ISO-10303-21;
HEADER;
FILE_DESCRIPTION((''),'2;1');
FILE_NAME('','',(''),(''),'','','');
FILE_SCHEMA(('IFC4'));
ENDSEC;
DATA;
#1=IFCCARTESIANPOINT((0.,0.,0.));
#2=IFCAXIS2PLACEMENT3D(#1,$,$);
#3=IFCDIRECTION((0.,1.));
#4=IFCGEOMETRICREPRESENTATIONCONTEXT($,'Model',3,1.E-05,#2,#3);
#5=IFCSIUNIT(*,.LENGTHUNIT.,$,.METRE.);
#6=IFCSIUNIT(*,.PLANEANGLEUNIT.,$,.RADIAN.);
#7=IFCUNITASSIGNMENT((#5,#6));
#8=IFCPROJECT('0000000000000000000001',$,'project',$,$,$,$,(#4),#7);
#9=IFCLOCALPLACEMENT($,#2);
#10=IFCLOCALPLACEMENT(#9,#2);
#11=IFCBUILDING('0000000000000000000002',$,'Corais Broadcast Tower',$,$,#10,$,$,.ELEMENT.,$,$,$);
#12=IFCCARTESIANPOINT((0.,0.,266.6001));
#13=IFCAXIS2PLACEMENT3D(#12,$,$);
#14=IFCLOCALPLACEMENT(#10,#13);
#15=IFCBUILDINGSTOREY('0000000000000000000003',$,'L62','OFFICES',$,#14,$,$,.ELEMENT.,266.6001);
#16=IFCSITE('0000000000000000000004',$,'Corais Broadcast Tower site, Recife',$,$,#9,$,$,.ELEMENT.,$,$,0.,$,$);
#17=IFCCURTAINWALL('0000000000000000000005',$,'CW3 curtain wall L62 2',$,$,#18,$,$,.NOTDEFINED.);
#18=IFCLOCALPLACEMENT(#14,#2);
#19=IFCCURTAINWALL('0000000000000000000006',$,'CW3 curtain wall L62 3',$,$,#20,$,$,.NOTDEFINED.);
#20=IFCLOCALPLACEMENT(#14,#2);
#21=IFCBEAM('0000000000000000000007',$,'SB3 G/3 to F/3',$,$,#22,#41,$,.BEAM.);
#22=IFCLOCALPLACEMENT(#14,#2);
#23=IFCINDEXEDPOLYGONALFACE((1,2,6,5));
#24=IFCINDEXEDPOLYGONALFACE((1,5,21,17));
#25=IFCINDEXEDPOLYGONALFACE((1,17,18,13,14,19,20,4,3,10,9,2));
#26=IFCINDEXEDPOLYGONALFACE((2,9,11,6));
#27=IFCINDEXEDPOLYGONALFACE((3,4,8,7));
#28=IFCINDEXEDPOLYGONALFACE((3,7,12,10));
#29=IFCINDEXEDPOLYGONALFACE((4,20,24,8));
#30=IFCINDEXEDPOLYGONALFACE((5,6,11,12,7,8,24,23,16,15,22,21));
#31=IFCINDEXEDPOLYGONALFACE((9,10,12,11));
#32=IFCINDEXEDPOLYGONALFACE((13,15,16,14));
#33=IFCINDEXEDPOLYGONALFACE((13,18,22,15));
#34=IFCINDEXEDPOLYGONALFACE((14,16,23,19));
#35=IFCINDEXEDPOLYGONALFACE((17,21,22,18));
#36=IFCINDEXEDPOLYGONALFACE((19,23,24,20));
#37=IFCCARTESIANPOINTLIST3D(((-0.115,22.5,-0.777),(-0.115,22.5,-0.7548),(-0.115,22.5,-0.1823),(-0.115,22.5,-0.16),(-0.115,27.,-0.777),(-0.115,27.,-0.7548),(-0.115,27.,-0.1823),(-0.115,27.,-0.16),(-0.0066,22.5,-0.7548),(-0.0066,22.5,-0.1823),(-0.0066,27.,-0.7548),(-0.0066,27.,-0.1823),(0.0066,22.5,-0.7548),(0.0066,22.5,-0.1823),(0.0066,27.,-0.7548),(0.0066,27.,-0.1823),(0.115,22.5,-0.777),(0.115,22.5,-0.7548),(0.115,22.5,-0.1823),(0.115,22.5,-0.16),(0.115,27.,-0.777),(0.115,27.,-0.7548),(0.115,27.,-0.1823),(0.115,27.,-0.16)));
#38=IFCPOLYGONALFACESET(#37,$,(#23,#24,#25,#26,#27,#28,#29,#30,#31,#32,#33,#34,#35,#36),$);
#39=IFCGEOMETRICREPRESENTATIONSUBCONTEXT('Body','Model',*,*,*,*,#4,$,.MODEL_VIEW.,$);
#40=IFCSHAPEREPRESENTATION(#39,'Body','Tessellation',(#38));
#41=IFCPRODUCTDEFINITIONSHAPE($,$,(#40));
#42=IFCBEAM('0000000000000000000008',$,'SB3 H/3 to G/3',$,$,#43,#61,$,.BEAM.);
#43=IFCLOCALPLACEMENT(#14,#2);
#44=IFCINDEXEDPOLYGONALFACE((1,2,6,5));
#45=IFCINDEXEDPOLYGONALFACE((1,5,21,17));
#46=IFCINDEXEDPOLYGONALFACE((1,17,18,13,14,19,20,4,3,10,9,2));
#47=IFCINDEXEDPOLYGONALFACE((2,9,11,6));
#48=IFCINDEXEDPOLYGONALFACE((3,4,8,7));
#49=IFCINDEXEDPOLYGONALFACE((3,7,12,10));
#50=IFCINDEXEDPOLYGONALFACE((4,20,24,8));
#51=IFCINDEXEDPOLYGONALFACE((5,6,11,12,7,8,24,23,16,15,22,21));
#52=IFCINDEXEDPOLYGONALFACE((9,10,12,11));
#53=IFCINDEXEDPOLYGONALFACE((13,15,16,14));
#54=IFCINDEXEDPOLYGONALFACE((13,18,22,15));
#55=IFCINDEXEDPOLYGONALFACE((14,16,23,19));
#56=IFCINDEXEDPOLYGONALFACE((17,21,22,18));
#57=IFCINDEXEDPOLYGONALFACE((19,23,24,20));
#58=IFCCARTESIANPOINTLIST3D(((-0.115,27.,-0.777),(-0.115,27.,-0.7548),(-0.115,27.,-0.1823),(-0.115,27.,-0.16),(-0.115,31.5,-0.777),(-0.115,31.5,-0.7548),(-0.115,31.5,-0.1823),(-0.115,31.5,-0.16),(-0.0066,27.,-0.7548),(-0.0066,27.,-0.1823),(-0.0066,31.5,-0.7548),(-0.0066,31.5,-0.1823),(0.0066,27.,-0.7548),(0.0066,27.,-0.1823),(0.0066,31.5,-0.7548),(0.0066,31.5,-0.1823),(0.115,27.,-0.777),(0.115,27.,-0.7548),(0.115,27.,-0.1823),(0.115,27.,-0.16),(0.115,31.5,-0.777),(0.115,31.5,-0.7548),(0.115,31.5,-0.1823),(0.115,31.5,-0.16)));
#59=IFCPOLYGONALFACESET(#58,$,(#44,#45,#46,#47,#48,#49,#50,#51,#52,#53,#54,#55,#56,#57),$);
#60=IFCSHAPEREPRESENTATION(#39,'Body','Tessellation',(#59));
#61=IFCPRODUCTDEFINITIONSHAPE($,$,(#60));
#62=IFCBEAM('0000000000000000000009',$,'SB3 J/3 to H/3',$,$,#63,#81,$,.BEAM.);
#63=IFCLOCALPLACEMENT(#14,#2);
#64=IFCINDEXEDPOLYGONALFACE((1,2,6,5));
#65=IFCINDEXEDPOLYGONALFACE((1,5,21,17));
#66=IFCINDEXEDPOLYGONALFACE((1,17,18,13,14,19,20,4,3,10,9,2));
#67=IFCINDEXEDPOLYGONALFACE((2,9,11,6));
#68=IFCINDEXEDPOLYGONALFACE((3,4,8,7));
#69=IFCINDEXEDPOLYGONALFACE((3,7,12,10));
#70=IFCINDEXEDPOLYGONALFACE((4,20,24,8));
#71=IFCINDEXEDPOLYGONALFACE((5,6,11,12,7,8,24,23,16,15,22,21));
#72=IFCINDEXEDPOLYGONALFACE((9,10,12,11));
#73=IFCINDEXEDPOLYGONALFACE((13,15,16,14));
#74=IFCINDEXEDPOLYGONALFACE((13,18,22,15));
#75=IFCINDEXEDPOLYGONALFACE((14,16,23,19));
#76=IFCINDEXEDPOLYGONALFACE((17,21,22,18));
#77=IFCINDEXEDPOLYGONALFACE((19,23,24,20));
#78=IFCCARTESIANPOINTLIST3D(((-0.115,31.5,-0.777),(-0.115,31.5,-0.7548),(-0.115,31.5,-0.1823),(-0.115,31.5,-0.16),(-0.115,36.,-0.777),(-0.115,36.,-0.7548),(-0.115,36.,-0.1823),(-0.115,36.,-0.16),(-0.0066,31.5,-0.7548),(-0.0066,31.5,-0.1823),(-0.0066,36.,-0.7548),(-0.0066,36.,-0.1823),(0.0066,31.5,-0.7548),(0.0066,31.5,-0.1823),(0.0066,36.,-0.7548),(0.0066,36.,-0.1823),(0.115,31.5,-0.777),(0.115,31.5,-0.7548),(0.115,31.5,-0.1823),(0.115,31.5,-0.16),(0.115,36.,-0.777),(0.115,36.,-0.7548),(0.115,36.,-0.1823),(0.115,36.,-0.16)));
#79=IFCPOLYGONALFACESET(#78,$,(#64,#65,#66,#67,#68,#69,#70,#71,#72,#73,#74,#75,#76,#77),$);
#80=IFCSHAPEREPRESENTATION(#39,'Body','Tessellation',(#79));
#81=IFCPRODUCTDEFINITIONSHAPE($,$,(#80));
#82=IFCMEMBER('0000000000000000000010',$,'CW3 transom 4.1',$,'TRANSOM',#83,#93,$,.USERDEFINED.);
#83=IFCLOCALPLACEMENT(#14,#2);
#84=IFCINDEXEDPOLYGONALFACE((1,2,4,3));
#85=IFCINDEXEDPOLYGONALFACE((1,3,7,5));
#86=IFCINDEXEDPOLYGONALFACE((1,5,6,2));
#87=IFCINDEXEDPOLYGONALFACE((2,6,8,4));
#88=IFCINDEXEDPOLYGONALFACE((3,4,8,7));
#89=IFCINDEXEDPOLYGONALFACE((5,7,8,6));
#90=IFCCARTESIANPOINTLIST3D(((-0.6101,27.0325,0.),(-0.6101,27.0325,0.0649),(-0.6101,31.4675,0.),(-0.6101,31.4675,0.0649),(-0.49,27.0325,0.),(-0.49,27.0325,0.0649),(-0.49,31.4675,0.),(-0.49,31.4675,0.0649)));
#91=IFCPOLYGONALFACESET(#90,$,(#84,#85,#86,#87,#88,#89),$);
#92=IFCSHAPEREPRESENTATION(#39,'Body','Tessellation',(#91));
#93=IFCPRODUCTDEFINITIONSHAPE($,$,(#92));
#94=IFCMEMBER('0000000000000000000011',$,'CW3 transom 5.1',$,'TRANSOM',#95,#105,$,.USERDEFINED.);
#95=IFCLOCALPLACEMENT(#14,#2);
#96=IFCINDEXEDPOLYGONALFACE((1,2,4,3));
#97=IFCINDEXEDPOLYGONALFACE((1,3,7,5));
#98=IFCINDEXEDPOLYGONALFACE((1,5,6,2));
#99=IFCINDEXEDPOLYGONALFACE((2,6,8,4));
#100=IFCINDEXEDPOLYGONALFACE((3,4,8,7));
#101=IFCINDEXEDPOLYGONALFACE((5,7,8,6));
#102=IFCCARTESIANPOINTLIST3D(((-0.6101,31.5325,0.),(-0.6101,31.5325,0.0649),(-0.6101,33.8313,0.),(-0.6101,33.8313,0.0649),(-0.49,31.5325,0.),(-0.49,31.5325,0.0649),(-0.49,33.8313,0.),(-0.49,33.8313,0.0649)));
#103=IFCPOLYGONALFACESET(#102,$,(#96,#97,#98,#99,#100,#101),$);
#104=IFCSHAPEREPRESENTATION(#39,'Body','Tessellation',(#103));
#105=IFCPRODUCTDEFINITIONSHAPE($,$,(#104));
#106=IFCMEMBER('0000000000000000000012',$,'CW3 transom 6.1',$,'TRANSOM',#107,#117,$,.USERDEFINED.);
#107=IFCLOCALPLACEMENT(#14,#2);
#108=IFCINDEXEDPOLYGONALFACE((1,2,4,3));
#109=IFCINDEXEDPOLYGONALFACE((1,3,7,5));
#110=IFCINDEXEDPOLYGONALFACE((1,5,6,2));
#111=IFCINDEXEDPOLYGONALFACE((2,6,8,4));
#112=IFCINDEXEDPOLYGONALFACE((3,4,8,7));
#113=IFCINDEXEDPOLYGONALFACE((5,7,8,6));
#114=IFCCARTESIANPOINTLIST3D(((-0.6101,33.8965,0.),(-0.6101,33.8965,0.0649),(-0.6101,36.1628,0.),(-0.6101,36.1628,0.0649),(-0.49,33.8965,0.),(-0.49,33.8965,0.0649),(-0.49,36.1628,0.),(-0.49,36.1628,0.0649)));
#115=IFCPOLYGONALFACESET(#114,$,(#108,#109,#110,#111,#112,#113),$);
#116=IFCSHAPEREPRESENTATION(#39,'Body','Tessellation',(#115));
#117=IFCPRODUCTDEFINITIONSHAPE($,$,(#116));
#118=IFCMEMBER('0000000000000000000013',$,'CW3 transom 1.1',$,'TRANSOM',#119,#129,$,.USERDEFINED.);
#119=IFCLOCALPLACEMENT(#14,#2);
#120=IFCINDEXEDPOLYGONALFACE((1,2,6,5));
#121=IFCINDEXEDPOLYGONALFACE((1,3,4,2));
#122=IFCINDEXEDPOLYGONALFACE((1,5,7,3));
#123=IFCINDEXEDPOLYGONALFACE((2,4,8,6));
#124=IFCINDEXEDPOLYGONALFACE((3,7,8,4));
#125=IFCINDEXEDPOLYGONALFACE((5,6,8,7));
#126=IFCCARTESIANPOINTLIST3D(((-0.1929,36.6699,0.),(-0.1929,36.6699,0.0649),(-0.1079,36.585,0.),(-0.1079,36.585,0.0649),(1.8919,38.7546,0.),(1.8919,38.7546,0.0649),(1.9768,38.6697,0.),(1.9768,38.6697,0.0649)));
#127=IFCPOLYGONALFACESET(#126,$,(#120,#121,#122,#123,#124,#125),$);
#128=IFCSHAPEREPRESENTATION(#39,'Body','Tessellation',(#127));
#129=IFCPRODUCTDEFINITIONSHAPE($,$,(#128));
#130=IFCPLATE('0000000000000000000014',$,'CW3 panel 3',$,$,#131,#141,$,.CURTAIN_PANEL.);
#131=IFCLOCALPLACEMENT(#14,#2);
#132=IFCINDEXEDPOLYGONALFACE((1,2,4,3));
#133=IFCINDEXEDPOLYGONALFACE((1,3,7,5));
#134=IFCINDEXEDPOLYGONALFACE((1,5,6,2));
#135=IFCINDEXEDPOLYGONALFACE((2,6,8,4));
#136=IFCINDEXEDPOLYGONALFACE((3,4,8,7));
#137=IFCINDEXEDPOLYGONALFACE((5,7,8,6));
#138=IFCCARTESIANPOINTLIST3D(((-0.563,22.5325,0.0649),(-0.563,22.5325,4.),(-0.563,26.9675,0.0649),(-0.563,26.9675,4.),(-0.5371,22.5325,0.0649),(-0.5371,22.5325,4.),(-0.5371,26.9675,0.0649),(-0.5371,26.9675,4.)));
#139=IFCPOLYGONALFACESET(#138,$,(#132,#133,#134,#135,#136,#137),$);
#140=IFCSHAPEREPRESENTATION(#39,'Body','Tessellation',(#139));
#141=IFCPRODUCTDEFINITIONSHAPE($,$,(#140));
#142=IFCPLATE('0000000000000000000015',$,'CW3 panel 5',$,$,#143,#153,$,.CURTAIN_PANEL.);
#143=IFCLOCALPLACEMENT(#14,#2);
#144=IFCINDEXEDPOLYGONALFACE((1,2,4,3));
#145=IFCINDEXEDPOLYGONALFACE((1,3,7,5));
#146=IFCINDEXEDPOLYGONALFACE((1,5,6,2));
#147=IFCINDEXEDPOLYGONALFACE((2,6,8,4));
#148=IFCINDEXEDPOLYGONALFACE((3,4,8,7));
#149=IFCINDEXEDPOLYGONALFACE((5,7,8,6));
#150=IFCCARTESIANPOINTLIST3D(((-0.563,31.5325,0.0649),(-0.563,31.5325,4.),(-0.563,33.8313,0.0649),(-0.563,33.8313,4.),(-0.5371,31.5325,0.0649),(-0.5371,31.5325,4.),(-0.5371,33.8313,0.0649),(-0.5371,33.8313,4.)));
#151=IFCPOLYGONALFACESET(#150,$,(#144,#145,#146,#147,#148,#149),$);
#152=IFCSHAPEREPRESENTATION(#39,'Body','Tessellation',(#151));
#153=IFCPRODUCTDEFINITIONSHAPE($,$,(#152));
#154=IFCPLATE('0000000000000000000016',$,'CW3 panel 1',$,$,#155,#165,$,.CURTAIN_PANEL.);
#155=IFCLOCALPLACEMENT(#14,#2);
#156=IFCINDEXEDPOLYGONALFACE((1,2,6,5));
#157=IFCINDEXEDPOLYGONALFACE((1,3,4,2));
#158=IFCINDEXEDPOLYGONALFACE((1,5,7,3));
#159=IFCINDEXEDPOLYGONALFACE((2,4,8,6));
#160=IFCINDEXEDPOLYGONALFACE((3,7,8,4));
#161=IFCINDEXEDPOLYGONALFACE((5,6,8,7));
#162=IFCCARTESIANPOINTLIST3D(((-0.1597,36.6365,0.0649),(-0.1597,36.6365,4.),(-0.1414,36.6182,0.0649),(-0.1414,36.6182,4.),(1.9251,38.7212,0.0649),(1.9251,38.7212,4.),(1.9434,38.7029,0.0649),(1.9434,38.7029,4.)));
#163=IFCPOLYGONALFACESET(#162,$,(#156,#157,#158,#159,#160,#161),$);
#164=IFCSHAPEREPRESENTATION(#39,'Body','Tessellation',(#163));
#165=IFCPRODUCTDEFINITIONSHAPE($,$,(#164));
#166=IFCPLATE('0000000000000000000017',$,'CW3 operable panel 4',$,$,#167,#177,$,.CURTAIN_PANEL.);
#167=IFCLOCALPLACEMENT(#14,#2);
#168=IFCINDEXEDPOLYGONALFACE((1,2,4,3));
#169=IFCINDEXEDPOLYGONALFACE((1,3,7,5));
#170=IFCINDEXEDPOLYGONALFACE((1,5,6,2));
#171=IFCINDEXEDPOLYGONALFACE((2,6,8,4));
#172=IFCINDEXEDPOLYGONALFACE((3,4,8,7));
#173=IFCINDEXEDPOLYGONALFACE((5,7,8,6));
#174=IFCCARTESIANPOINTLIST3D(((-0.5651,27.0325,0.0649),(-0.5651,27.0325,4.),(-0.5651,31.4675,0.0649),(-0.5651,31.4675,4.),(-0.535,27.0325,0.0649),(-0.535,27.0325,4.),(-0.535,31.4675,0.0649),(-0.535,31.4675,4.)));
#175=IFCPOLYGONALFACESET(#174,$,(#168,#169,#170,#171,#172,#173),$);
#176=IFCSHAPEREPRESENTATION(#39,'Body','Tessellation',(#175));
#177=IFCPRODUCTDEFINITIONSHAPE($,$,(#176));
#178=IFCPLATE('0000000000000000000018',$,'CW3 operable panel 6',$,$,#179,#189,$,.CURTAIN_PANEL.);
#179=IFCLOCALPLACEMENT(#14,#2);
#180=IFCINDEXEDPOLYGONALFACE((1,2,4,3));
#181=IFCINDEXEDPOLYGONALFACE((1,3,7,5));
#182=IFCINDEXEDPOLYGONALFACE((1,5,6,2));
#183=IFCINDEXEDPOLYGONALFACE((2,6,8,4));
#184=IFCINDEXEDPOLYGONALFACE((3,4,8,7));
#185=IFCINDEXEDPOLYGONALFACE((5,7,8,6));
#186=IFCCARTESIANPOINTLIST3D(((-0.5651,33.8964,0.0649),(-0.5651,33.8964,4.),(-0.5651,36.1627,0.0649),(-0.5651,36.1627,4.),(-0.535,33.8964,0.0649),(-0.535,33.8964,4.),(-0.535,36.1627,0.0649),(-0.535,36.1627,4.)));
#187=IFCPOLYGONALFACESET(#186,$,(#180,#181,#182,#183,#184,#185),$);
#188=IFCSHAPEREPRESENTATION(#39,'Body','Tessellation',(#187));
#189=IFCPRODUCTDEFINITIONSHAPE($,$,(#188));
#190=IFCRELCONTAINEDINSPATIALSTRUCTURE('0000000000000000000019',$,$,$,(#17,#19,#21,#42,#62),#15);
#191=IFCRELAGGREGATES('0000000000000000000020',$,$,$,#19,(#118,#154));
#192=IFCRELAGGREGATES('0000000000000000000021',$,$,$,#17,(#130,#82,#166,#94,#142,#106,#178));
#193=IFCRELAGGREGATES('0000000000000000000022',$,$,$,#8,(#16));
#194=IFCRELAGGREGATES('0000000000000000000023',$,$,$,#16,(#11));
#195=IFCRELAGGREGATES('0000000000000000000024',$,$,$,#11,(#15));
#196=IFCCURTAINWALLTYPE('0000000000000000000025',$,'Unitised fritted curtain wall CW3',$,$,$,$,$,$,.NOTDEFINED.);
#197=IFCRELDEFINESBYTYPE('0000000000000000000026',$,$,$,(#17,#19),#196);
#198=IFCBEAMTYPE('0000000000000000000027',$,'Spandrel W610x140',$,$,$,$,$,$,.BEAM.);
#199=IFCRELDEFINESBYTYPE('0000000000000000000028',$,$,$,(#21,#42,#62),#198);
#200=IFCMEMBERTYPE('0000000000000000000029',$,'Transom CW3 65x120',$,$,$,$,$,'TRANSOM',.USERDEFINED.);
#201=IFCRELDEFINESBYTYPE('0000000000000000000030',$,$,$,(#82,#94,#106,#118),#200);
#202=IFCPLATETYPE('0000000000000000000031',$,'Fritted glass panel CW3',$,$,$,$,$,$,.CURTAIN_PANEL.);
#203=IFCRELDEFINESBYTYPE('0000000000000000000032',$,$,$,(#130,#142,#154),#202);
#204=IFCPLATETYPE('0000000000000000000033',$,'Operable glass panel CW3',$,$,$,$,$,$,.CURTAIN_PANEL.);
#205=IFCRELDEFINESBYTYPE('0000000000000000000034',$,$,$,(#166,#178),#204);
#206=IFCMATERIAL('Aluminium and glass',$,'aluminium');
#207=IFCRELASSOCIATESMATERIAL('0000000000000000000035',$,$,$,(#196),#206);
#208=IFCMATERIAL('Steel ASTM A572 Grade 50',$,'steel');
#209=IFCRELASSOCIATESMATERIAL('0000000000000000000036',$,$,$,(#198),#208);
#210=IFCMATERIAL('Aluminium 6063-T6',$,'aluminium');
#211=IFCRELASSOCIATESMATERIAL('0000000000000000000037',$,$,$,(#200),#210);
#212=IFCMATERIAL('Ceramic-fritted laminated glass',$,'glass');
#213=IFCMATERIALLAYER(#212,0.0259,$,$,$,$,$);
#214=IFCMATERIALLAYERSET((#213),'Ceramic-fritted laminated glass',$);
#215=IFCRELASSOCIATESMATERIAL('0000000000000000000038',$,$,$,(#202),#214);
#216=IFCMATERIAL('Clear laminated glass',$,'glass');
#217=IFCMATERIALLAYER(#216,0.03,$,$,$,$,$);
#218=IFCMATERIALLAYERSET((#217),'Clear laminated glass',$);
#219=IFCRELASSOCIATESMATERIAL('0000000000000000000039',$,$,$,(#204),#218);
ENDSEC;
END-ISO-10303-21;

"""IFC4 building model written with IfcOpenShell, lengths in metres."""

from ifc_helpers import new_model, si_unit, direction, frame, origin, origin_2d, place, context, subcontext, project, spatial, rectangle, i_section, extrude, material, layer, layer_set, material_profile, profile_set, type_object, element, aggregate, save


model = new_model("IFC4")

# Units and contexts
model_context = context("Model", 3, precision=1e-05, world=origin(), true_north=direction((0.0, 1.0)))
body_context = subcontext(model_context, "Body", "Model", "MODEL_VIEW")
ifc_project = project(units=[si_unit("LENGTHUNIT", "METRE"), si_unit("PLANEANGLEUNIT", "RADIAN")], contexts=[model_context])

# Site, building, storey
site_placement = place(None, origin())
site = spatial("IfcSite", under=ifc_project, at=site_placement, Name="Corais Broadcast Tower site, Recife", CompositionType="ELEMENT", RefElevation=0.0)
building_placement = place(site_placement, origin())
building = spatial("IfcBuilding", under=site, at=building_placement, Name="Corais Broadcast Tower", CompositionType="ELEMENT")
storey_placement = place(building_placement, frame((0.0, 0.0, 266.6001)))
storey = spatial("IfcBuildingStorey", under=building, at=storey_placement, Name="L62", Description="OFFICES", CompositionType="ELEMENT", Elevation=266.6001)

# Curtain walls
ifc_material_1 = material(Name="Aluminium and glass", Category="aluminium")
curtain_wall_type = type_object("IfcCurtainWallType", Name="Unitised fritted curtain wall CW3", PredefinedType="NOTDEFINED", material=ifc_material_1)
curtain_wall_1_placement = place(storey_placement, origin())
curtain_wall_1 = element("IfcCurtainWall", 1, at=curtain_wall_1_placement, inside=storey, type_object=curtain_wall_type, Name="CW3 curtain wall L62 2", PredefinedType="NOTDEFINED")
curtain_wall_2_placement = place(storey_placement, origin())
curtain_wall_2 = element("IfcCurtainWall", 2, at=curtain_wall_2_placement, inside=storey, type_object=curtain_wall_type, Name="CW3 curtain wall L62 3", PredefinedType="NOTDEFINED")

# Beams
ifc_material_2 = material(Name="Steel ASTM A572 Grade 50", Category="steel")
ifc_material_profile_1 = material_profile(ifc_material_2, i_section(OverallWidth=0.23, OverallDepth=0.6169, WebThickness=0.0132, FlangeThickness=0.0222, at=origin_2d()), Name="W610x140")
ifc_profile_set_1 = profile_set([ifc_material_profile_1], Name="Steel ASTM A572 Grade 50")
beam_type_1 = type_object("IfcBeamType", Name="Spandrel W610x140", PredefinedType="BEAM", material=ifc_profile_set_1)
for number, where, z_axis, x_axis, name in (
    (3, (0.0, 27.0, -0.4685), (0.0, -1.0, 0.0), (1.0, 0.0, 0.0), "SB3 G/3 to F/3"),
    (4, (0.0, 31.5, -0.4685), (0.0, -1.0, 0.0), (1.0, 0.0, 0.0), "SB3 H/3 to G/3"),
    (5, (0.0, 36.0, -0.4685), (0.0, -1.0, 0.0), (1.0, 0.0, 0.0), "SB3 J/3 to H/3"),
):
    element("IfcBeam", number, at=place(storey_placement, frame(where, z_axis=z_axis, x_axis=x_axis)), inside=storey, type_object=beam_type_1, Name=name, PredefinedType="BEAM", context=body_context, shape_type="SweptSolid", body=[
        extrude(i_section(OverallWidth=0.23, OverallDepth=0.6169, WebThickness=0.0132, FlangeThickness=0.0222, at=origin_2d()), origin(), (0.0, 0.0, 1.0), 4.5),
    ])

# Members
ifc_material_3 = material(Name="Aluminium 6063-T6", Category="aluminium")
ifc_material_profile_2 = material_profile(ifc_material_3, rectangle(XDim=0.1201, YDim=0.0649, at=origin_2d()), Name="Transom CW3 65x120")
ifc_profile_set_2 = profile_set([ifc_material_profile_2], Name="Aluminium 6063-T6")
member_type_1 = type_object("IfcMemberType", Name="Transom CW3 65x120", ElementType="TRANSOM", PredefinedType="USERDEFINED", material=ifc_profile_set_2)
member_1_placement = place(storey_placement, frame((-0.55, 27.0325, 0.0325), z_axis=(0.0, 1.0, 0.0), x_axis=(-1.0, 0.0, 0.0)))
member_1 = element("IfcMember", 6, at=member_1_placement, type_object=member_type_1, Name="CW3 transom 4.1", ObjectType="TRANSOM", PredefinedType="USERDEFINED", context=body_context, shape_type="SweptSolid", body=[
    extrude(rectangle(XDim=0.1201, YDim=0.0649, at=origin_2d()), origin(), (0.0, 0.0, 1.0), 4.4351),
])
member_2_placement = place(storey_placement, frame((-0.55, 31.5325, 0.0325), z_axis=(0.0, 1.0, 0.0), x_axis=(-1.0, 0.0, 0.0)))
member_2 = element("IfcMember", 7, at=member_2_placement, type_object=member_type_1, Name="CW3 transom 5.1", ObjectType="TRANSOM", PredefinedType="USERDEFINED", context=body_context, shape_type="SweptSolid", body=[
    extrude(rectangle(XDim=0.1201, YDim=0.0649, at=origin_2d()), origin(), (0.0, 0.0, 1.0), 2.2988),
])
member_3_placement = place(storey_placement, frame((-0.55, 33.8965, 0.0325), z_axis=(0.0, 1.0, 0.0), x_axis=(-1.0, 0.0, 0.0)))
member_3 = element("IfcMember", 8, at=member_3_placement, type_object=member_type_1, Name="CW3 transom 6.1", ObjectType="TRANSOM", PredefinedType="USERDEFINED", context=body_context, shape_type="SweptSolid", body=[
    extrude(rectangle(XDim=0.1201, YDim=0.0649, at=origin_2d()), origin(), (0.0, 0.0, 1.0), 2.2664),
])
member_4_placement = place(storey_placement, frame((-0.1504, 36.6274, 0.0325), z_axis=(0.707107, 0.707107, 0.0), x_axis=(-0.707107, 0.707107, 0.0)))
member_4 = element("IfcMember", 9, at=member_4_placement, type_object=member_type_1, Name="CW3 transom 1.1", ObjectType="TRANSOM", PredefinedType="USERDEFINED", context=body_context, shape_type="SweptSolid", body=[
    extrude(rectangle(XDim=0.1201, YDim=0.0649, at=origin_2d()), origin(), (0.0, 0.0, 1.0), 2.9482),
])

# Plates
ifc_material_4 = material(Name="Ceramic-fritted laminated glass", Category="glass")
ifc_layer_1 = layer(ifc_material_4, 0.0259)
ifc_layer_set_1 = layer_set([ifc_layer_1], Name="Ceramic-fritted laminated glass")
plate_type_1 = type_object("IfcPlateType", Name="Fritted glass panel CW3", PredefinedType="CURTAIN_PANEL", material=ifc_layer_set_1)
plate_1_placement = place(storey_placement, frame((-0.55, 24.75, 0.0649), z_axis=(0.0, 0.0, 1.0), x_axis=(0.0, 1.0, 0.0)))
plate_1 = element("IfcPlate", 10, at=plate_1_placement, type_object=plate_type_1, Name="CW3 panel 3", PredefinedType="CURTAIN_PANEL", context=body_context, shape_type="SweptSolid", body=[
    extrude(rectangle(XDim=4.4351, YDim=0.0259, at=origin_2d()), origin(), (0.0, 0.0, 1.0), 3.9351),
])
plate_2_placement = place(storey_placement, frame((-0.55, 32.6819, 0.0649), z_axis=(0.0, 0.0, 1.0), x_axis=(0.0, 1.0, 0.0)))
plate_2 = element("IfcPlate", 11, at=plate_2_placement, type_object=plate_type_1, Name="CW3 panel 5", PredefinedType="CURTAIN_PANEL", context=body_context, shape_type="SweptSolid", body=[
    extrude(rectangle(XDim=2.2988, YDim=0.0259, at=origin_2d()), origin(), (0.0, 0.0, 1.0), 3.9351),
])
plate_3_placement = place(storey_placement, frame((0.8918, 37.6697, 0.0649), z_axis=(0.0, 0.0, 1.0), x_axis=(0.707107, 0.707107, 0.0)))
plate_3 = element("IfcPlate", 12, at=plate_3_placement, type_object=plate_type_1, Name="CW3 panel 1", PredefinedType="CURTAIN_PANEL", context=body_context, shape_type="SweptSolid", body=[
    extrude(rectangle(XDim=2.9482, YDim=0.0259, at=origin_2d()), origin(), (0.0, 0.0, 1.0), 3.9351),
])
aggregate(curtain_wall_2, [member_4, plate_3])
ifc_material_5 = material(Name="Clear laminated glass", Category="glass")
ifc_layer_2 = layer(ifc_material_5, 0.03)
ifc_layer_set_2 = layer_set([ifc_layer_2], Name="Clear laminated glass")
plate_type_2 = type_object("IfcPlateType", Name="Operable glass panel CW3", PredefinedType="CURTAIN_PANEL", material=ifc_layer_set_2)
plate_4_placement = place(storey_placement, frame((-0.55, 29.25, 0.0649), z_axis=(0.0, 0.0, 1.0), x_axis=(0.0, 1.0, 0.0)))
plate_4 = element("IfcPlate", 13, at=plate_4_placement, type_object=plate_type_2, Name="CW3 operable panel 4", PredefinedType="CURTAIN_PANEL", context=body_context, shape_type="SweptSolid", body=[
    extrude(rectangle(XDim=4.4351, YDim=0.03, at=origin_2d()), origin(), (0.0, 0.0, 1.0), 3.9351),
])
plate_5_placement = place(storey_placement, frame((-0.55, 35.0295, 0.0649), z_axis=(0.0, 0.0, 1.0), x_axis=(0.0, 1.0, 0.0)))
plate_5 = element("IfcPlate", 14, at=plate_5_placement, type_object=plate_type_2, Name="CW3 operable panel 6", PredefinedType="CURTAIN_PANEL", context=body_context, shape_type="SweptSolid", body=[
    extrude(rectangle(XDim=2.2664, YDim=0.03, at=origin_2d()), origin(), (0.0, 0.0, 1.0), 3.9351),
])
aggregate(curtain_wall_1, [plate_1, member_1, plate_4, member_2, plate_2, member_3, plate_5])

save(model, "model.ifc")
